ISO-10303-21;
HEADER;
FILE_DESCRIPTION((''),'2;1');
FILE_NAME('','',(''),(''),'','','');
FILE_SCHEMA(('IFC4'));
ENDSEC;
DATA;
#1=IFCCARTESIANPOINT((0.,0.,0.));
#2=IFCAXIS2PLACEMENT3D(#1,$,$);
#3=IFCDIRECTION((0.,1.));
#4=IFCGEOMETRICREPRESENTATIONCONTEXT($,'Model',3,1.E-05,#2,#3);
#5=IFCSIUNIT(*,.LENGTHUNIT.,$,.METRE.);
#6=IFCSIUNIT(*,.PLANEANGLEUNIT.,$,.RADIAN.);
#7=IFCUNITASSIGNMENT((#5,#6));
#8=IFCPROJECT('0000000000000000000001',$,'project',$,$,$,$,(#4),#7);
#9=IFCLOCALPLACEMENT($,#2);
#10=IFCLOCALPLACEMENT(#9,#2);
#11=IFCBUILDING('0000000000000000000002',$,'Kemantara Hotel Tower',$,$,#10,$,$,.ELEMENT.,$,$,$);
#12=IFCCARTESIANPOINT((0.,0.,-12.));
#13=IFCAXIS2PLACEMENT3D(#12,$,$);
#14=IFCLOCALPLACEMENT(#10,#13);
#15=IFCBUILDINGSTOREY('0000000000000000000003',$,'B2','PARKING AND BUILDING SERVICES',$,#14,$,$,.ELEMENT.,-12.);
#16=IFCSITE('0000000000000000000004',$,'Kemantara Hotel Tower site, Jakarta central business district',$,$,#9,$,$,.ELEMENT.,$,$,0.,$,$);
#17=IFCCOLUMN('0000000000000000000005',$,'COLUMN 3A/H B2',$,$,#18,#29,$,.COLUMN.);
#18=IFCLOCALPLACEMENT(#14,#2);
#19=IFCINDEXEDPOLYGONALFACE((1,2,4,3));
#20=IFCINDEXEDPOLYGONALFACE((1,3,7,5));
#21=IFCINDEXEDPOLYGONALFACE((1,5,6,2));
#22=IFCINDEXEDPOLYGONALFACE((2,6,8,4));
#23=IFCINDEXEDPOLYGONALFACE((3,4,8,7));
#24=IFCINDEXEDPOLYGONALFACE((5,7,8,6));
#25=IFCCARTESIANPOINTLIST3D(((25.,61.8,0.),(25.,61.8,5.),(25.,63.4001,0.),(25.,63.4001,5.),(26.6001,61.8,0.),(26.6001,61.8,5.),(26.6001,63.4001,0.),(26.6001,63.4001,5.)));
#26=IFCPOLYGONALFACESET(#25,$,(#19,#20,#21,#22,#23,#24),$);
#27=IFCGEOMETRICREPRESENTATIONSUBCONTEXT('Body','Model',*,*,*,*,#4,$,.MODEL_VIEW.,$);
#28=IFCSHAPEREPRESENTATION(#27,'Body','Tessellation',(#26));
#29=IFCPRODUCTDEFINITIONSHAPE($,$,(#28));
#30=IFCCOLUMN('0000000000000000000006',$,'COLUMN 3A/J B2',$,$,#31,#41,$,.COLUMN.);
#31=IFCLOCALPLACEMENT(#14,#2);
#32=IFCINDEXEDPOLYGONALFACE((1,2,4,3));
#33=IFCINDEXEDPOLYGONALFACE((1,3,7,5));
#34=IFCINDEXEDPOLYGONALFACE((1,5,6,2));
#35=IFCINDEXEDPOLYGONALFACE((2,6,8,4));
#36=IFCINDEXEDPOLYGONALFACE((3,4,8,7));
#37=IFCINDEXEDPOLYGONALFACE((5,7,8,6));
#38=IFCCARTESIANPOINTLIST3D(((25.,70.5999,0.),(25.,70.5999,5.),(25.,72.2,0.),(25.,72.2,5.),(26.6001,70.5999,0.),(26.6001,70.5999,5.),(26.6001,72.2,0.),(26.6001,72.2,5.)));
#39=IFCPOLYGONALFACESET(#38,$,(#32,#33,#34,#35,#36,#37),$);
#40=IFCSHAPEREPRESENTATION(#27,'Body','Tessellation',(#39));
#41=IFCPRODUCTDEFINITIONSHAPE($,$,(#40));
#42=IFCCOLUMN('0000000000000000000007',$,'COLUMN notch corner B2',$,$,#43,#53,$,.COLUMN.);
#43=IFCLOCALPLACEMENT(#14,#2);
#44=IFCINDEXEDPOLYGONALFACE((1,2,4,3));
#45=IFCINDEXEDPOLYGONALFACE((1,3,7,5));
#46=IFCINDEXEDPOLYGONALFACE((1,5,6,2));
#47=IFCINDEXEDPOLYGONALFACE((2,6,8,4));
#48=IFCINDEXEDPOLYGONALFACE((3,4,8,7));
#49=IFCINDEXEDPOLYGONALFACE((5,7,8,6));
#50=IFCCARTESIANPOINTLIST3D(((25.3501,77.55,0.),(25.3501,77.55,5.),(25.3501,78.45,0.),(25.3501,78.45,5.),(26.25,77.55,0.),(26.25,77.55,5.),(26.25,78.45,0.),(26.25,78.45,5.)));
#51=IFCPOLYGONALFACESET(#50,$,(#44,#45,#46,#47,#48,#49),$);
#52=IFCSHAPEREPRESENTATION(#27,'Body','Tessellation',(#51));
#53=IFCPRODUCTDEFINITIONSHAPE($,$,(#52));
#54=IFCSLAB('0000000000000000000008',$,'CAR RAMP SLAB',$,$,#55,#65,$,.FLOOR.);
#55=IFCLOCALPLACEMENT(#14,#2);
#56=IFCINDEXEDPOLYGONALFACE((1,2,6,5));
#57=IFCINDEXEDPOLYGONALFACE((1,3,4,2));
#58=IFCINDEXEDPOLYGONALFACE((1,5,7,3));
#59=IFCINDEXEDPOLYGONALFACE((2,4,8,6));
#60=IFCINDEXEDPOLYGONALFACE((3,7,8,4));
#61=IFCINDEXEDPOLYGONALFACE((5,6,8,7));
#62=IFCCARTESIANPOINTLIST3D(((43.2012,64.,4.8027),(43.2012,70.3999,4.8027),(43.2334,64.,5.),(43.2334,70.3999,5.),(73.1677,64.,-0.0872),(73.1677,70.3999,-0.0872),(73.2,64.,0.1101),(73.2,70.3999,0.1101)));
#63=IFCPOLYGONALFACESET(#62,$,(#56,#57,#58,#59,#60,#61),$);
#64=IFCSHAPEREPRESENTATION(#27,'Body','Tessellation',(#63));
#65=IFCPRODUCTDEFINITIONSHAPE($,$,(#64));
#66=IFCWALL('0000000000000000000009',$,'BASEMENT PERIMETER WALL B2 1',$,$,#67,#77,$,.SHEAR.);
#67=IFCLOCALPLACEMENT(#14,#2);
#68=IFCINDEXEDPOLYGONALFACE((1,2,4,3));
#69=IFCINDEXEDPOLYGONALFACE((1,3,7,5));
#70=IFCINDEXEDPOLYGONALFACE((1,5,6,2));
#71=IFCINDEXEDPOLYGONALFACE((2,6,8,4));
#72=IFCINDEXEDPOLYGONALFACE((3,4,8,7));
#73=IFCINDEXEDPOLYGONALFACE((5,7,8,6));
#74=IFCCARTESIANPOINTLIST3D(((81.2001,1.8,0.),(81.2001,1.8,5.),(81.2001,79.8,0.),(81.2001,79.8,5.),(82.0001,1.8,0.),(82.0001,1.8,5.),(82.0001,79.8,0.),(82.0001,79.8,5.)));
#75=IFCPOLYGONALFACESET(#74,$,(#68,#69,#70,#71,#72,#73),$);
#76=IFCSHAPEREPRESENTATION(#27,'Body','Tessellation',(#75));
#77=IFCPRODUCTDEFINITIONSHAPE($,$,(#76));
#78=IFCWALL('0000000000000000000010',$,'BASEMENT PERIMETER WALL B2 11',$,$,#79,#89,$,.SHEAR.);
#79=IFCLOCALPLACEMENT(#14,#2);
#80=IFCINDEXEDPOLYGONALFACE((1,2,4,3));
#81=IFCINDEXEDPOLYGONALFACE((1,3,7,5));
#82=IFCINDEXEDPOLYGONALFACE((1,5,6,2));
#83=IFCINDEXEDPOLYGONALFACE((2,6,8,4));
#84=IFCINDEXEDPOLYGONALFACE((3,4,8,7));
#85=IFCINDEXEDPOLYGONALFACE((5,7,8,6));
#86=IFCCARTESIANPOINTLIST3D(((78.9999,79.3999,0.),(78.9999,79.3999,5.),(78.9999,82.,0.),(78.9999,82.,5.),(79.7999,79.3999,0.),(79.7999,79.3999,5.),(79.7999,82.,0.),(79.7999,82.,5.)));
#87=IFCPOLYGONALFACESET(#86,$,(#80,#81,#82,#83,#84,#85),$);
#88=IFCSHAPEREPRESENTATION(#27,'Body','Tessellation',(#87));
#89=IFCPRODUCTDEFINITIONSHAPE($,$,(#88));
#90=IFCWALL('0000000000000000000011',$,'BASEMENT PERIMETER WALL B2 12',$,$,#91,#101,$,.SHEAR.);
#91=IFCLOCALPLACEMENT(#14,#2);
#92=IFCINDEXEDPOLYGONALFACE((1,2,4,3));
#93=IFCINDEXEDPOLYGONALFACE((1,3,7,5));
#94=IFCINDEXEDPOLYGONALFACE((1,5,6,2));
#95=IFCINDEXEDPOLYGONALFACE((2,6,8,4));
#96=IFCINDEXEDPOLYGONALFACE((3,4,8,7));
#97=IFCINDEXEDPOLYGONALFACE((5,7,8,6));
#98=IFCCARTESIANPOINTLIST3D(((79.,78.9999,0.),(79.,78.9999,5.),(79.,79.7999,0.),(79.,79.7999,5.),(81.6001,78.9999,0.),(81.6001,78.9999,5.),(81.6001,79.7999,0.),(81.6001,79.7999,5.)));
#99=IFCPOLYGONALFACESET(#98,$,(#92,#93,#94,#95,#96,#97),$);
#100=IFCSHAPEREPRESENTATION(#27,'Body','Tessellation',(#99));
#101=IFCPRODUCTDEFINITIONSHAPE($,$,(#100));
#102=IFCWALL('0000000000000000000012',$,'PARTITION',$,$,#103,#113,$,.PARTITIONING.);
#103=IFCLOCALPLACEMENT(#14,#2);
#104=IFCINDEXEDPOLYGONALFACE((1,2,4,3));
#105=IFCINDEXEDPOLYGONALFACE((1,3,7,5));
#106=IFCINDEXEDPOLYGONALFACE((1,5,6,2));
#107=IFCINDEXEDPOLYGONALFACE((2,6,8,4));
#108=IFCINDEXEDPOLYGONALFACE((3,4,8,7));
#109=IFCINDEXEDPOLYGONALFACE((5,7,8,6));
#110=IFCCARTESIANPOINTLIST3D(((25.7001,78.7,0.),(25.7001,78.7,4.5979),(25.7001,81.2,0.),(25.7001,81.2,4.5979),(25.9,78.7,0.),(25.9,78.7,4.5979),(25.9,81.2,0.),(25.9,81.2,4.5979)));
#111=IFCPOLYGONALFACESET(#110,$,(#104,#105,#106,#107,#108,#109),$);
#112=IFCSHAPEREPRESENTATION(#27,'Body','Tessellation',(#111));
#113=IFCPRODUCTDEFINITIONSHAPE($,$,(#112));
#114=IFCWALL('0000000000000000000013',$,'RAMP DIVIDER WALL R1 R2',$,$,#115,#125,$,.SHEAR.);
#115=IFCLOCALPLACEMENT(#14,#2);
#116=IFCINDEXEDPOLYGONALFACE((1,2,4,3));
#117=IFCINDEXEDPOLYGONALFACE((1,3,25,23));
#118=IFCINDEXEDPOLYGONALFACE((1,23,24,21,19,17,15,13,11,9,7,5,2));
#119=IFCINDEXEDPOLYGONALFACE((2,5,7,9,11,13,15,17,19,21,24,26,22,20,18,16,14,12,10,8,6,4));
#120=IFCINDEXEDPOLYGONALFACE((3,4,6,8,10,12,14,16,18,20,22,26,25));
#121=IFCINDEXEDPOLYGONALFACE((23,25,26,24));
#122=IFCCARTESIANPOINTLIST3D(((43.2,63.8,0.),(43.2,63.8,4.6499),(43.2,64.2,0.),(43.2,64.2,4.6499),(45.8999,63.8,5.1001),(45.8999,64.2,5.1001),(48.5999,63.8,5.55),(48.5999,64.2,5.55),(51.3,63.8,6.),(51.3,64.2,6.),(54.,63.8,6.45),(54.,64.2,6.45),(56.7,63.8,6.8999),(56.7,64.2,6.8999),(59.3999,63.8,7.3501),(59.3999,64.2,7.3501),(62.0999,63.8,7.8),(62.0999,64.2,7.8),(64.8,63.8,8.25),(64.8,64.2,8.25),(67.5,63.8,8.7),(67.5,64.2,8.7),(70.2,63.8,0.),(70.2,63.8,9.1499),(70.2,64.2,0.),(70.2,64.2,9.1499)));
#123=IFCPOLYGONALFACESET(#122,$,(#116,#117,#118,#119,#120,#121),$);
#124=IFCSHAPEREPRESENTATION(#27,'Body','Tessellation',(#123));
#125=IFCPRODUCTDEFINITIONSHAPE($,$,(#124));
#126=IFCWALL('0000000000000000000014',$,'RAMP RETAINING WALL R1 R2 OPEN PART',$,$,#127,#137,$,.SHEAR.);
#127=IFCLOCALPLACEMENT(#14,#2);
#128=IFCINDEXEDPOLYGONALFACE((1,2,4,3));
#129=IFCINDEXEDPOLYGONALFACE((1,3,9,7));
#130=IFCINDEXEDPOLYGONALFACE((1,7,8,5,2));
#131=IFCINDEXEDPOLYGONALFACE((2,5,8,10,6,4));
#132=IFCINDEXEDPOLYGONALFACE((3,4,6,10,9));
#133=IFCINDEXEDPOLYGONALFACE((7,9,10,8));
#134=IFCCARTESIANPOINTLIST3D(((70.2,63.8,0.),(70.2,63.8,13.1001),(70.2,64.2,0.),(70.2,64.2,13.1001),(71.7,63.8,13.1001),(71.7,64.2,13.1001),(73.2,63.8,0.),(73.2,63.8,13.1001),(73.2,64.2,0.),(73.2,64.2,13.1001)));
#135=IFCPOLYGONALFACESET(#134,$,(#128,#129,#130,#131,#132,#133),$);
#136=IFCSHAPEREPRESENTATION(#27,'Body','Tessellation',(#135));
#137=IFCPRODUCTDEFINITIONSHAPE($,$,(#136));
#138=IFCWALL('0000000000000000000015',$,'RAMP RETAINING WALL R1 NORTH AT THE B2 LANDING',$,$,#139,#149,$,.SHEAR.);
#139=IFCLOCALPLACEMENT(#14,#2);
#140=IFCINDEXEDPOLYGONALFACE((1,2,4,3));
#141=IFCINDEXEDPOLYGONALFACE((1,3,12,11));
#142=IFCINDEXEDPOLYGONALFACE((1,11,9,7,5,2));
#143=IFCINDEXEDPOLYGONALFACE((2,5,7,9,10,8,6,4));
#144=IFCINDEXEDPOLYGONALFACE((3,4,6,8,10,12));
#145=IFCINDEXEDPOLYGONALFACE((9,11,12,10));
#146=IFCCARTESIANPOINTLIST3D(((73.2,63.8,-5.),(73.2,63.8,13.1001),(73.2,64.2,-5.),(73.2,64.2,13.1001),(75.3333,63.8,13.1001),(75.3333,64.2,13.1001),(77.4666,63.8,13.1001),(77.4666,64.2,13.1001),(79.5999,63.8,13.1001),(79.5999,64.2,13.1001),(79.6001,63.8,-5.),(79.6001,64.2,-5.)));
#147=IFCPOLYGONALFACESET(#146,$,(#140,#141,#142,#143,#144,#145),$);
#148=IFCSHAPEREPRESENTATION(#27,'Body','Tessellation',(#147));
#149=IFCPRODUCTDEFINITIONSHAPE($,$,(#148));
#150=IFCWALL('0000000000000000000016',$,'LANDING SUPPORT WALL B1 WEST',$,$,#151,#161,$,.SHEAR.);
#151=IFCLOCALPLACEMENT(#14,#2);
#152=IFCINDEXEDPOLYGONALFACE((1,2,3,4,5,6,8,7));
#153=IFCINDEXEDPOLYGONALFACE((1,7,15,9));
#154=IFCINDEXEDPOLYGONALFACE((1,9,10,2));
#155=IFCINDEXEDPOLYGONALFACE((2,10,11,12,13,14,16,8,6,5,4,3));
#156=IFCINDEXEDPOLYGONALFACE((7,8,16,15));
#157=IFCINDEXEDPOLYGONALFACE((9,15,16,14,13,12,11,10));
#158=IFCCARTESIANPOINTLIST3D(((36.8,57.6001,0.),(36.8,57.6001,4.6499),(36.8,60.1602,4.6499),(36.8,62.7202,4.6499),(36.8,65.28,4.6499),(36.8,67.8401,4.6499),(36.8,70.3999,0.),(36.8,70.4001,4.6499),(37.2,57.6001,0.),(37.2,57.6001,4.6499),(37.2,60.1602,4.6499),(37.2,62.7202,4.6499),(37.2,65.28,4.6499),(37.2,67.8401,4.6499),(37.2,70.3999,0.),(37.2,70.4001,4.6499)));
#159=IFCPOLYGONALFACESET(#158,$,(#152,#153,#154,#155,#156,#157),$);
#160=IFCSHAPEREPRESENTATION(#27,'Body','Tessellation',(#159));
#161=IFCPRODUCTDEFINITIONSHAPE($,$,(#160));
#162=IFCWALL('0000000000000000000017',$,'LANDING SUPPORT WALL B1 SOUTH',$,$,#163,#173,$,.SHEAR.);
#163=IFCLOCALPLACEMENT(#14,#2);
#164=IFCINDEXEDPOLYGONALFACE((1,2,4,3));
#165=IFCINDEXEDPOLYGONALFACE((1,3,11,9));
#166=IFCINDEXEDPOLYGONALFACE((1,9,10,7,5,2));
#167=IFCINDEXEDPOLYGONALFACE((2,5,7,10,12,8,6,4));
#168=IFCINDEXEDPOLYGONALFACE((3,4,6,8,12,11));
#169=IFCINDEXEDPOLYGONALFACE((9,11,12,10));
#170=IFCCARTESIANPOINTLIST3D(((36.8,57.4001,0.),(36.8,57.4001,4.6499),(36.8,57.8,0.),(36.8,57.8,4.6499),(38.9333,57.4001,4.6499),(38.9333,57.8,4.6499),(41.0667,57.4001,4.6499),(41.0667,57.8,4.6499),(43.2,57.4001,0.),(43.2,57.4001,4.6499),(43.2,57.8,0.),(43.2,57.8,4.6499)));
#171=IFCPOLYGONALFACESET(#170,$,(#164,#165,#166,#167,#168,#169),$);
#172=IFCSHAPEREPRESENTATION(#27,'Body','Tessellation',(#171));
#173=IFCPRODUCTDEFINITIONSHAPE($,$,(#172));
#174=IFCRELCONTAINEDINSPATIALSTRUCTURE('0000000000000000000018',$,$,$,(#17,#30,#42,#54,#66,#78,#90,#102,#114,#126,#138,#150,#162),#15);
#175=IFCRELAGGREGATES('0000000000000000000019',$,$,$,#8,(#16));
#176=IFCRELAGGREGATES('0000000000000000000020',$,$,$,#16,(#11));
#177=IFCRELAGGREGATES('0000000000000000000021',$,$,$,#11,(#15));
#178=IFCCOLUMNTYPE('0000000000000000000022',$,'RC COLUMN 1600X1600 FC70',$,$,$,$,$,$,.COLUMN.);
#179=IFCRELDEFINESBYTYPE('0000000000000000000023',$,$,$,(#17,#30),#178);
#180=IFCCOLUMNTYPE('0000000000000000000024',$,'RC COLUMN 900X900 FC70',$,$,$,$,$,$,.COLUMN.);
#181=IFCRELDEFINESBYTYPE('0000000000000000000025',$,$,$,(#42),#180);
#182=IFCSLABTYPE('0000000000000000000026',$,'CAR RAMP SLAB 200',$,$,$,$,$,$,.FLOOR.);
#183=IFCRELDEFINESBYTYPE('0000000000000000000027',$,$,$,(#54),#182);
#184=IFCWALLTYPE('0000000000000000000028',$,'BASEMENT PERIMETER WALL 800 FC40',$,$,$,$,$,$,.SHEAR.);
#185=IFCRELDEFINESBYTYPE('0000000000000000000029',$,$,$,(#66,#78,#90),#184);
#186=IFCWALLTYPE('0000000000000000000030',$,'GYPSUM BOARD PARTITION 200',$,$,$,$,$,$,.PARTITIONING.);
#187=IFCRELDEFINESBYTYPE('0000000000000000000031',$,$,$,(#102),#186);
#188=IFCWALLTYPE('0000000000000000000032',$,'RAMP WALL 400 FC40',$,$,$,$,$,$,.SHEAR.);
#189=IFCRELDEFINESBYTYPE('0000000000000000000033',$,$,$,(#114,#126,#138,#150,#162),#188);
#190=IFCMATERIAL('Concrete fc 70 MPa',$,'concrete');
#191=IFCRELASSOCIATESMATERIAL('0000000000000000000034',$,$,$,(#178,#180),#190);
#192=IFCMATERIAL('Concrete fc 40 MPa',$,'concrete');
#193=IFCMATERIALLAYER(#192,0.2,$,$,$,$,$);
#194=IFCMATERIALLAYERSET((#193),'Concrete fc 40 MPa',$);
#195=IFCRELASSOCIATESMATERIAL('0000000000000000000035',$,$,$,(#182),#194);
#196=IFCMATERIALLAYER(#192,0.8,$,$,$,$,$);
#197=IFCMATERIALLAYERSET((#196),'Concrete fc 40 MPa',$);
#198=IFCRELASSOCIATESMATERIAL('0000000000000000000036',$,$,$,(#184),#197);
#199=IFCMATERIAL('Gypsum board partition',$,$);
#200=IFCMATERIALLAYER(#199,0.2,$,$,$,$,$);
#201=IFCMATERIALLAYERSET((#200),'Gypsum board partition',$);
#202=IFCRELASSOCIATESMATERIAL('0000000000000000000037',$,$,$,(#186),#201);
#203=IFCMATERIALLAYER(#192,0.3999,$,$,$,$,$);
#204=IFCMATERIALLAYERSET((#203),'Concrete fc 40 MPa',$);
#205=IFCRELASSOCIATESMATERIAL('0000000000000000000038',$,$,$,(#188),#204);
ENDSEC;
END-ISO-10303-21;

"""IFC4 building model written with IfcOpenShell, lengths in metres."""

from ifc_helpers import new_model, si_unit, direction, frame, frame_2d, origin, origin_2d, place, context, subcontext, project, spatial, polyline, rectangle, outline, extrude, material, layer, layer_set, material_profile, profile_set, type_object, element, save


model = new_model("IFC4")

# Units and contexts
model_context = context("Model", 3, precision=1e-05, world=origin(), true_north=direction((0.0, 1.0)))
body_context = subcontext(model_context, "Body", "Model", "MODEL_VIEW")
ifc_project = project(units=[si_unit("LENGTHUNIT", "METRE"), si_unit("PLANEANGLEUNIT", "RADIAN")], contexts=[model_context])

# Site, building, storey
site_placement = place(None, origin())
site = spatial("IfcSite", under=ifc_project, at=site_placement, Name="Kemantara Hotel Tower site, Jakarta central business district", CompositionType="ELEMENT", RefElevation=0.0)
building_placement = place(site_placement, origin())
building = spatial("IfcBuilding", under=site, at=building_placement, Name="Kemantara Hotel Tower", CompositionType="ELEMENT")
storey_placement = place(building_placement, frame((0.0, 0.0, -12.0)))
storey = spatial("IfcBuildingStorey", under=building, at=storey_placement, Name="B2", Description="PARKING AND BUILDING SERVICES", CompositionType="ELEMENT", Elevation=-12.0)

# Columns
ifc_material_1 = material(Name="Concrete fc 70 MPa", Category="concrete")
ifc_material_profile_1 = material_profile(ifc_material_1, rectangle(XDim=1.6001, YDim=1.6001, at=origin_2d()), Name="RC 1600X1600")
ifc_profile_set_1 = profile_set([ifc_material_profile_1], Name="Concrete fc 70 MPa")
column_type_1 = type_object("IfcColumnType", Name="RC COLUMN 1600X1600 FC70", PredefinedType="COLUMN", material=ifc_profile_set_1)
for number, where, z_axis, x_axis, name in (
    (1, (25.8, 62.6001, 0.0), (0.0, 0.0, 1.0), (1.0, 0.0, 0.0), "COLUMN 3A/H B2"),
    (2, (25.8, 71.3999, 0.0), (0.0, 0.0, 1.0), (1.0, 0.0, 0.0), "COLUMN 3A/J B2"),
):
    element("IfcColumn", number, at=place(storey_placement, frame(where, z_axis=z_axis, x_axis=x_axis)), inside=storey, type_object=column_type_1, Name=name, PredefinedType="COLUMN", context=body_context, shape_type="SweptSolid", body=[
        extrude(rectangle(XDim=1.6001, YDim=1.6001, at=origin_2d()), origin(), (0.0, 0.0, 1.0), 5.0),
    ])
ifc_material_profile_2 = material_profile(ifc_material_1, rectangle(XDim=0.8999, YDim=0.8999, at=origin_2d()), Name="RC 900X900")
ifc_profile_set_2 = profile_set([ifc_material_profile_2], Name="Concrete fc 70 MPa")
column_type_2 = type_object("IfcColumnType", Name="RC COLUMN 900X900 FC70", PredefinedType="COLUMN", material=ifc_profile_set_2)
column_placement = place(storey_placement, frame((25.8, 78.0, 0.0), z_axis=(0.0, 0.0, 1.0), x_axis=(1.0, 0.0, 0.0)))
element("IfcColumn", 3, at=column_placement, inside=storey, type_object=column_type_2, Name="COLUMN notch corner B2", PredefinedType="COLUMN", context=body_context, shape_type="SweptSolid", body=[
    extrude(rectangle(XDim=0.8999, YDim=0.8999, at=origin_2d()), origin(), (0.0, 0.0, 1.0), 5.0),
])

# Slab
ifc_material_2 = material(Name="Concrete fc 40 MPa", Category="concrete")
ifc_layer_1 = layer(ifc_material_2, 0.2)
ifc_layer_set_1 = layer_set([ifc_layer_1], Name="Concrete fc 40 MPa")
slab_type = type_object("IfcSlabType", Name="CAR RAMP SLAB 200", PredefinedType="FLOOR", material=ifc_layer_set_1)
slab_placement = place(storey_placement, frame((43.2334, 64.0, 5.0), z_axis=(0.161048, 0.0, 0.986947), x_axis=(0.986947, 0.0, -0.161048)))
element("IfcSlab", 4, at=slab_placement, inside=storey, type_object=slab_type, Name="CAR RAMP SLAB", PredefinedType="FLOOR", context=body_context, shape_type="SweptSolid", body=[
    extrude(outline(polyline([(0.0, 0.0), (30.3629, 0.0), (30.3629, 6.3999), (0.0, 6.3999), (0.0, 0.0)])), origin(), (0.0, 0.0, -1.0), 0.2),
])

# Walls
ifc_layer_2 = layer(ifc_material_2, 0.8)
ifc_layer_set_2 = layer_set([ifc_layer_2], Name="Concrete fc 40 MPa")
wall_type_1 = type_object("IfcWallType", Name="BASEMENT PERIMETER WALL 800 FC40", PredefinedType="SHEAR", material=ifc_layer_set_2)
wall_1_placement = place(storey_placement, frame((81.6001, 79.8, 0.0), z_axis=(0.0, 0.0, 1.0), x_axis=(0.0, -1.0, 0.0)))
element("IfcWall", 5, at=wall_1_placement, inside=storey, type_object=wall_type_1, Name="BASEMENT PERIMETER WALL B2 1", PredefinedType="SHEAR", context=body_context, shape_type="SweptSolid", body=[
    extrude(rectangle(XDim=78.0, YDim=0.8, at=frame_2d((39.0, 0.0))), origin(), (0.0, 0.0, 1.0), 5.0),
])
for number, where, z_axis, x_axis, name in (
    (6, (79.3999, 82.0, 0.0), (0.0, 0.0, 1.0), (0.0, -1.0, 0.0), "BASEMENT PERIMETER WALL B2 11"),
    (7, (79.0, 79.3999, 0.0), (0.0, 0.0, 1.0), (1.0, 0.0, 0.0), "BASEMENT PERIMETER WALL B2 12"),
):
    element("IfcWall", number, at=place(storey_placement, frame(where, z_axis=z_axis, x_axis=x_axis)), inside=storey, type_object=wall_type_1, Name=name, PredefinedType="SHEAR", context=body_context, shape_type="SweptSolid", body=[
        extrude(rectangle(XDim=2.6001, YDim=0.8, at=frame_2d((1.3, 0.0))), origin(), (0.0, 0.0, 1.0), 5.0),
    ])
ifc_material_3 = material(Name="Gypsum board partition")
ifc_layer_3 = layer(ifc_material_3, 0.2)
ifc_layer_set_3 = layer_set([ifc_layer_3], Name="Gypsum board partition")
wall_type_2 = type_object("IfcWallType", Name="GYPSUM BOARD PARTITION 200", PredefinedType="PARTITIONING", material=ifc_layer_set_3)
wall_2_placement = place(storey_placement, frame((25.8, 78.7, 0.0), z_axis=(0.0, 0.0, 1.0), x_axis=(0.0, 1.0, 0.0)))
element("IfcWall", 8, at=wall_2_placement, inside=storey, type_object=wall_type_2, Name="PARTITION", PredefinedType="PARTITIONING", context=body_context, shape_type="SweptSolid", body=[
    extrude(rectangle(XDim=2.5, YDim=0.2, at=frame_2d((1.25, 0.0))), origin(), (0.0, 0.0, 1.0), 4.5979),
])
ifc_layer_4 = layer(ifc_material_2, 0.3999)
ifc_layer_set_4 = layer_set([ifc_layer_4], Name="Concrete fc 40 MPa")
wall_type_3 = type_object("IfcWallType", Name="RAMP WALL 400 FC40", PredefinedType="SHEAR", material=ifc_layer_set_4)
wall_3_placement = place(storey_placement, frame((43.2, 64.0, 0.0), z_axis=(0.0, 0.0, 1.0), x_axis=(1.0, 0.0, 0.0)))
element("IfcWall", 9, at=wall_3_placement, inside=storey, type_object=wall_type_3, Name="RAMP DIVIDER WALL R1 R2", PredefinedType="SHEAR", context=body_context, shape_type="SweptSolid", body=[
    extrude(outline(polyline([(0.0, 0.0), (27.0, 0.0), (27.0, 9.1499), (24.3, 8.7), (21.6001, 8.25), (18.8999, 7.8), (16.2, 7.3501), (13.5, 6.8999), (10.8, 6.45), (8.1001, 6.0), (5.3999, 5.55), (2.7, 5.1001), (0.0, 4.6499), (0.0, 0.0)])), frame((0.0, 0.2, 0.0), z_axis=(0.0, -1.0, 0.0), x_axis=(1.0, 0.0, 0.0)), (0.0, 0.0, 1.0), 0.3999),
])
wall_4_placement = place(storey_placement, frame((70.2, 64.0, 0.0), z_axis=(0.0, 0.0, 1.0), x_axis=(1.0, 0.0, 0.0)))
element("IfcWall", 10, at=wall_4_placement, inside=storey, type_object=wall_type_3, Name="RAMP RETAINING WALL R1 R2 OPEN PART", PredefinedType="SHEAR", context=body_context, shape_type="SweptSolid", body=[
    extrude(outline(polyline([(0.0, 0.0), (3.0, 0.0), (3.0, 13.1001), (1.5, 13.1001), (0.0, 13.1001), (0.0, 0.0)])), frame((0.0, 0.2, 0.0), z_axis=(0.0, -1.0, 0.0), x_axis=(1.0, 0.0, 0.0)), (0.0, 0.0, 1.0), 0.3999),
])
wall_5_placement = place(storey_placement, frame((73.2, 64.0, -5.0), z_axis=(0.0, 0.0, 1.0), x_axis=(1.0, 0.0, 0.0)))
element("IfcWall", 11, at=wall_5_placement, inside=storey, type_object=wall_type_3, Name="RAMP RETAINING WALL R1 NORTH AT THE B2 LANDING", PredefinedType="SHEAR", context=body_context, shape_type="SweptSolid", body=[
    extrude(outline(polyline([(0.0, 0.0), (6.4001, 0.0), (6.3999, 18.1001), (4.2666, 18.1001), (2.1333, 18.1001), (0.0, 18.1001), (0.0, 0.0)])), frame((0.0, 0.2, 0.0), z_axis=(0.0, -1.0, 0.0), x_axis=(1.0, 0.0, 0.0)), (0.0, 0.0, 1.0), 0.3999),
])
wall_6_placement = place(storey_placement, frame((37.0, 57.6001, 0.0), z_axis=(0.0, 0.0, 1.0), x_axis=(0.0, 1.0, 0.0)))
element("IfcWall", 12, at=wall_6_placement, inside=storey, type_object=wall_type_3, Name="LANDING SUPPORT WALL B1 WEST", PredefinedType="SHEAR", context=body_context, shape_type="SweptSolid", body=[
    extrude(outline(polyline([(0.0, 0.0), (12.7998, 0.0), (12.8, 4.6499), (10.24, 4.6499), (7.6799, 4.6499), (5.1201, 4.6499), (2.5601, 4.6499), (0.0, 4.6499), (0.0, 0.0)])), frame((0.0, 0.2, 0.0), z_axis=(0.0, -1.0, 0.0), x_axis=(1.0, 0.0, 0.0)), (0.0, 0.0, 1.0), 0.3999),
])
for number, where, z_axis, x_axis, name in (
    (13, (36.8, 57.6001, 0.0), (0.0, 0.0, 1.0), (1.0, 0.0, 0.0), "LANDING SUPPORT WALL B1 SOUTH"),
):
    element("IfcWall", number, at=place(storey_placement, frame(where, z_axis=z_axis, x_axis=x_axis)), inside=storey, type_object=wall_type_3, Name=name, PredefinedType="SHEAR", context=body_context, shape_type="SweptSolid", body=[
        extrude(outline(polyline([(0.0, 0.0), (6.3999, 0.0), (6.3999, 4.6499), (4.2666, 4.6499), (2.1333, 4.6499), (0.0, 4.6499), (0.0, 0.0)])), frame((0.0, 0.2, 0.0), z_axis=(0.0, -1.0, 0.0), x_axis=(1.0, 0.0, 0.0)), (0.0, 0.0, 1.0), 0.3999),
    ])

save(model, "model.ifc")
